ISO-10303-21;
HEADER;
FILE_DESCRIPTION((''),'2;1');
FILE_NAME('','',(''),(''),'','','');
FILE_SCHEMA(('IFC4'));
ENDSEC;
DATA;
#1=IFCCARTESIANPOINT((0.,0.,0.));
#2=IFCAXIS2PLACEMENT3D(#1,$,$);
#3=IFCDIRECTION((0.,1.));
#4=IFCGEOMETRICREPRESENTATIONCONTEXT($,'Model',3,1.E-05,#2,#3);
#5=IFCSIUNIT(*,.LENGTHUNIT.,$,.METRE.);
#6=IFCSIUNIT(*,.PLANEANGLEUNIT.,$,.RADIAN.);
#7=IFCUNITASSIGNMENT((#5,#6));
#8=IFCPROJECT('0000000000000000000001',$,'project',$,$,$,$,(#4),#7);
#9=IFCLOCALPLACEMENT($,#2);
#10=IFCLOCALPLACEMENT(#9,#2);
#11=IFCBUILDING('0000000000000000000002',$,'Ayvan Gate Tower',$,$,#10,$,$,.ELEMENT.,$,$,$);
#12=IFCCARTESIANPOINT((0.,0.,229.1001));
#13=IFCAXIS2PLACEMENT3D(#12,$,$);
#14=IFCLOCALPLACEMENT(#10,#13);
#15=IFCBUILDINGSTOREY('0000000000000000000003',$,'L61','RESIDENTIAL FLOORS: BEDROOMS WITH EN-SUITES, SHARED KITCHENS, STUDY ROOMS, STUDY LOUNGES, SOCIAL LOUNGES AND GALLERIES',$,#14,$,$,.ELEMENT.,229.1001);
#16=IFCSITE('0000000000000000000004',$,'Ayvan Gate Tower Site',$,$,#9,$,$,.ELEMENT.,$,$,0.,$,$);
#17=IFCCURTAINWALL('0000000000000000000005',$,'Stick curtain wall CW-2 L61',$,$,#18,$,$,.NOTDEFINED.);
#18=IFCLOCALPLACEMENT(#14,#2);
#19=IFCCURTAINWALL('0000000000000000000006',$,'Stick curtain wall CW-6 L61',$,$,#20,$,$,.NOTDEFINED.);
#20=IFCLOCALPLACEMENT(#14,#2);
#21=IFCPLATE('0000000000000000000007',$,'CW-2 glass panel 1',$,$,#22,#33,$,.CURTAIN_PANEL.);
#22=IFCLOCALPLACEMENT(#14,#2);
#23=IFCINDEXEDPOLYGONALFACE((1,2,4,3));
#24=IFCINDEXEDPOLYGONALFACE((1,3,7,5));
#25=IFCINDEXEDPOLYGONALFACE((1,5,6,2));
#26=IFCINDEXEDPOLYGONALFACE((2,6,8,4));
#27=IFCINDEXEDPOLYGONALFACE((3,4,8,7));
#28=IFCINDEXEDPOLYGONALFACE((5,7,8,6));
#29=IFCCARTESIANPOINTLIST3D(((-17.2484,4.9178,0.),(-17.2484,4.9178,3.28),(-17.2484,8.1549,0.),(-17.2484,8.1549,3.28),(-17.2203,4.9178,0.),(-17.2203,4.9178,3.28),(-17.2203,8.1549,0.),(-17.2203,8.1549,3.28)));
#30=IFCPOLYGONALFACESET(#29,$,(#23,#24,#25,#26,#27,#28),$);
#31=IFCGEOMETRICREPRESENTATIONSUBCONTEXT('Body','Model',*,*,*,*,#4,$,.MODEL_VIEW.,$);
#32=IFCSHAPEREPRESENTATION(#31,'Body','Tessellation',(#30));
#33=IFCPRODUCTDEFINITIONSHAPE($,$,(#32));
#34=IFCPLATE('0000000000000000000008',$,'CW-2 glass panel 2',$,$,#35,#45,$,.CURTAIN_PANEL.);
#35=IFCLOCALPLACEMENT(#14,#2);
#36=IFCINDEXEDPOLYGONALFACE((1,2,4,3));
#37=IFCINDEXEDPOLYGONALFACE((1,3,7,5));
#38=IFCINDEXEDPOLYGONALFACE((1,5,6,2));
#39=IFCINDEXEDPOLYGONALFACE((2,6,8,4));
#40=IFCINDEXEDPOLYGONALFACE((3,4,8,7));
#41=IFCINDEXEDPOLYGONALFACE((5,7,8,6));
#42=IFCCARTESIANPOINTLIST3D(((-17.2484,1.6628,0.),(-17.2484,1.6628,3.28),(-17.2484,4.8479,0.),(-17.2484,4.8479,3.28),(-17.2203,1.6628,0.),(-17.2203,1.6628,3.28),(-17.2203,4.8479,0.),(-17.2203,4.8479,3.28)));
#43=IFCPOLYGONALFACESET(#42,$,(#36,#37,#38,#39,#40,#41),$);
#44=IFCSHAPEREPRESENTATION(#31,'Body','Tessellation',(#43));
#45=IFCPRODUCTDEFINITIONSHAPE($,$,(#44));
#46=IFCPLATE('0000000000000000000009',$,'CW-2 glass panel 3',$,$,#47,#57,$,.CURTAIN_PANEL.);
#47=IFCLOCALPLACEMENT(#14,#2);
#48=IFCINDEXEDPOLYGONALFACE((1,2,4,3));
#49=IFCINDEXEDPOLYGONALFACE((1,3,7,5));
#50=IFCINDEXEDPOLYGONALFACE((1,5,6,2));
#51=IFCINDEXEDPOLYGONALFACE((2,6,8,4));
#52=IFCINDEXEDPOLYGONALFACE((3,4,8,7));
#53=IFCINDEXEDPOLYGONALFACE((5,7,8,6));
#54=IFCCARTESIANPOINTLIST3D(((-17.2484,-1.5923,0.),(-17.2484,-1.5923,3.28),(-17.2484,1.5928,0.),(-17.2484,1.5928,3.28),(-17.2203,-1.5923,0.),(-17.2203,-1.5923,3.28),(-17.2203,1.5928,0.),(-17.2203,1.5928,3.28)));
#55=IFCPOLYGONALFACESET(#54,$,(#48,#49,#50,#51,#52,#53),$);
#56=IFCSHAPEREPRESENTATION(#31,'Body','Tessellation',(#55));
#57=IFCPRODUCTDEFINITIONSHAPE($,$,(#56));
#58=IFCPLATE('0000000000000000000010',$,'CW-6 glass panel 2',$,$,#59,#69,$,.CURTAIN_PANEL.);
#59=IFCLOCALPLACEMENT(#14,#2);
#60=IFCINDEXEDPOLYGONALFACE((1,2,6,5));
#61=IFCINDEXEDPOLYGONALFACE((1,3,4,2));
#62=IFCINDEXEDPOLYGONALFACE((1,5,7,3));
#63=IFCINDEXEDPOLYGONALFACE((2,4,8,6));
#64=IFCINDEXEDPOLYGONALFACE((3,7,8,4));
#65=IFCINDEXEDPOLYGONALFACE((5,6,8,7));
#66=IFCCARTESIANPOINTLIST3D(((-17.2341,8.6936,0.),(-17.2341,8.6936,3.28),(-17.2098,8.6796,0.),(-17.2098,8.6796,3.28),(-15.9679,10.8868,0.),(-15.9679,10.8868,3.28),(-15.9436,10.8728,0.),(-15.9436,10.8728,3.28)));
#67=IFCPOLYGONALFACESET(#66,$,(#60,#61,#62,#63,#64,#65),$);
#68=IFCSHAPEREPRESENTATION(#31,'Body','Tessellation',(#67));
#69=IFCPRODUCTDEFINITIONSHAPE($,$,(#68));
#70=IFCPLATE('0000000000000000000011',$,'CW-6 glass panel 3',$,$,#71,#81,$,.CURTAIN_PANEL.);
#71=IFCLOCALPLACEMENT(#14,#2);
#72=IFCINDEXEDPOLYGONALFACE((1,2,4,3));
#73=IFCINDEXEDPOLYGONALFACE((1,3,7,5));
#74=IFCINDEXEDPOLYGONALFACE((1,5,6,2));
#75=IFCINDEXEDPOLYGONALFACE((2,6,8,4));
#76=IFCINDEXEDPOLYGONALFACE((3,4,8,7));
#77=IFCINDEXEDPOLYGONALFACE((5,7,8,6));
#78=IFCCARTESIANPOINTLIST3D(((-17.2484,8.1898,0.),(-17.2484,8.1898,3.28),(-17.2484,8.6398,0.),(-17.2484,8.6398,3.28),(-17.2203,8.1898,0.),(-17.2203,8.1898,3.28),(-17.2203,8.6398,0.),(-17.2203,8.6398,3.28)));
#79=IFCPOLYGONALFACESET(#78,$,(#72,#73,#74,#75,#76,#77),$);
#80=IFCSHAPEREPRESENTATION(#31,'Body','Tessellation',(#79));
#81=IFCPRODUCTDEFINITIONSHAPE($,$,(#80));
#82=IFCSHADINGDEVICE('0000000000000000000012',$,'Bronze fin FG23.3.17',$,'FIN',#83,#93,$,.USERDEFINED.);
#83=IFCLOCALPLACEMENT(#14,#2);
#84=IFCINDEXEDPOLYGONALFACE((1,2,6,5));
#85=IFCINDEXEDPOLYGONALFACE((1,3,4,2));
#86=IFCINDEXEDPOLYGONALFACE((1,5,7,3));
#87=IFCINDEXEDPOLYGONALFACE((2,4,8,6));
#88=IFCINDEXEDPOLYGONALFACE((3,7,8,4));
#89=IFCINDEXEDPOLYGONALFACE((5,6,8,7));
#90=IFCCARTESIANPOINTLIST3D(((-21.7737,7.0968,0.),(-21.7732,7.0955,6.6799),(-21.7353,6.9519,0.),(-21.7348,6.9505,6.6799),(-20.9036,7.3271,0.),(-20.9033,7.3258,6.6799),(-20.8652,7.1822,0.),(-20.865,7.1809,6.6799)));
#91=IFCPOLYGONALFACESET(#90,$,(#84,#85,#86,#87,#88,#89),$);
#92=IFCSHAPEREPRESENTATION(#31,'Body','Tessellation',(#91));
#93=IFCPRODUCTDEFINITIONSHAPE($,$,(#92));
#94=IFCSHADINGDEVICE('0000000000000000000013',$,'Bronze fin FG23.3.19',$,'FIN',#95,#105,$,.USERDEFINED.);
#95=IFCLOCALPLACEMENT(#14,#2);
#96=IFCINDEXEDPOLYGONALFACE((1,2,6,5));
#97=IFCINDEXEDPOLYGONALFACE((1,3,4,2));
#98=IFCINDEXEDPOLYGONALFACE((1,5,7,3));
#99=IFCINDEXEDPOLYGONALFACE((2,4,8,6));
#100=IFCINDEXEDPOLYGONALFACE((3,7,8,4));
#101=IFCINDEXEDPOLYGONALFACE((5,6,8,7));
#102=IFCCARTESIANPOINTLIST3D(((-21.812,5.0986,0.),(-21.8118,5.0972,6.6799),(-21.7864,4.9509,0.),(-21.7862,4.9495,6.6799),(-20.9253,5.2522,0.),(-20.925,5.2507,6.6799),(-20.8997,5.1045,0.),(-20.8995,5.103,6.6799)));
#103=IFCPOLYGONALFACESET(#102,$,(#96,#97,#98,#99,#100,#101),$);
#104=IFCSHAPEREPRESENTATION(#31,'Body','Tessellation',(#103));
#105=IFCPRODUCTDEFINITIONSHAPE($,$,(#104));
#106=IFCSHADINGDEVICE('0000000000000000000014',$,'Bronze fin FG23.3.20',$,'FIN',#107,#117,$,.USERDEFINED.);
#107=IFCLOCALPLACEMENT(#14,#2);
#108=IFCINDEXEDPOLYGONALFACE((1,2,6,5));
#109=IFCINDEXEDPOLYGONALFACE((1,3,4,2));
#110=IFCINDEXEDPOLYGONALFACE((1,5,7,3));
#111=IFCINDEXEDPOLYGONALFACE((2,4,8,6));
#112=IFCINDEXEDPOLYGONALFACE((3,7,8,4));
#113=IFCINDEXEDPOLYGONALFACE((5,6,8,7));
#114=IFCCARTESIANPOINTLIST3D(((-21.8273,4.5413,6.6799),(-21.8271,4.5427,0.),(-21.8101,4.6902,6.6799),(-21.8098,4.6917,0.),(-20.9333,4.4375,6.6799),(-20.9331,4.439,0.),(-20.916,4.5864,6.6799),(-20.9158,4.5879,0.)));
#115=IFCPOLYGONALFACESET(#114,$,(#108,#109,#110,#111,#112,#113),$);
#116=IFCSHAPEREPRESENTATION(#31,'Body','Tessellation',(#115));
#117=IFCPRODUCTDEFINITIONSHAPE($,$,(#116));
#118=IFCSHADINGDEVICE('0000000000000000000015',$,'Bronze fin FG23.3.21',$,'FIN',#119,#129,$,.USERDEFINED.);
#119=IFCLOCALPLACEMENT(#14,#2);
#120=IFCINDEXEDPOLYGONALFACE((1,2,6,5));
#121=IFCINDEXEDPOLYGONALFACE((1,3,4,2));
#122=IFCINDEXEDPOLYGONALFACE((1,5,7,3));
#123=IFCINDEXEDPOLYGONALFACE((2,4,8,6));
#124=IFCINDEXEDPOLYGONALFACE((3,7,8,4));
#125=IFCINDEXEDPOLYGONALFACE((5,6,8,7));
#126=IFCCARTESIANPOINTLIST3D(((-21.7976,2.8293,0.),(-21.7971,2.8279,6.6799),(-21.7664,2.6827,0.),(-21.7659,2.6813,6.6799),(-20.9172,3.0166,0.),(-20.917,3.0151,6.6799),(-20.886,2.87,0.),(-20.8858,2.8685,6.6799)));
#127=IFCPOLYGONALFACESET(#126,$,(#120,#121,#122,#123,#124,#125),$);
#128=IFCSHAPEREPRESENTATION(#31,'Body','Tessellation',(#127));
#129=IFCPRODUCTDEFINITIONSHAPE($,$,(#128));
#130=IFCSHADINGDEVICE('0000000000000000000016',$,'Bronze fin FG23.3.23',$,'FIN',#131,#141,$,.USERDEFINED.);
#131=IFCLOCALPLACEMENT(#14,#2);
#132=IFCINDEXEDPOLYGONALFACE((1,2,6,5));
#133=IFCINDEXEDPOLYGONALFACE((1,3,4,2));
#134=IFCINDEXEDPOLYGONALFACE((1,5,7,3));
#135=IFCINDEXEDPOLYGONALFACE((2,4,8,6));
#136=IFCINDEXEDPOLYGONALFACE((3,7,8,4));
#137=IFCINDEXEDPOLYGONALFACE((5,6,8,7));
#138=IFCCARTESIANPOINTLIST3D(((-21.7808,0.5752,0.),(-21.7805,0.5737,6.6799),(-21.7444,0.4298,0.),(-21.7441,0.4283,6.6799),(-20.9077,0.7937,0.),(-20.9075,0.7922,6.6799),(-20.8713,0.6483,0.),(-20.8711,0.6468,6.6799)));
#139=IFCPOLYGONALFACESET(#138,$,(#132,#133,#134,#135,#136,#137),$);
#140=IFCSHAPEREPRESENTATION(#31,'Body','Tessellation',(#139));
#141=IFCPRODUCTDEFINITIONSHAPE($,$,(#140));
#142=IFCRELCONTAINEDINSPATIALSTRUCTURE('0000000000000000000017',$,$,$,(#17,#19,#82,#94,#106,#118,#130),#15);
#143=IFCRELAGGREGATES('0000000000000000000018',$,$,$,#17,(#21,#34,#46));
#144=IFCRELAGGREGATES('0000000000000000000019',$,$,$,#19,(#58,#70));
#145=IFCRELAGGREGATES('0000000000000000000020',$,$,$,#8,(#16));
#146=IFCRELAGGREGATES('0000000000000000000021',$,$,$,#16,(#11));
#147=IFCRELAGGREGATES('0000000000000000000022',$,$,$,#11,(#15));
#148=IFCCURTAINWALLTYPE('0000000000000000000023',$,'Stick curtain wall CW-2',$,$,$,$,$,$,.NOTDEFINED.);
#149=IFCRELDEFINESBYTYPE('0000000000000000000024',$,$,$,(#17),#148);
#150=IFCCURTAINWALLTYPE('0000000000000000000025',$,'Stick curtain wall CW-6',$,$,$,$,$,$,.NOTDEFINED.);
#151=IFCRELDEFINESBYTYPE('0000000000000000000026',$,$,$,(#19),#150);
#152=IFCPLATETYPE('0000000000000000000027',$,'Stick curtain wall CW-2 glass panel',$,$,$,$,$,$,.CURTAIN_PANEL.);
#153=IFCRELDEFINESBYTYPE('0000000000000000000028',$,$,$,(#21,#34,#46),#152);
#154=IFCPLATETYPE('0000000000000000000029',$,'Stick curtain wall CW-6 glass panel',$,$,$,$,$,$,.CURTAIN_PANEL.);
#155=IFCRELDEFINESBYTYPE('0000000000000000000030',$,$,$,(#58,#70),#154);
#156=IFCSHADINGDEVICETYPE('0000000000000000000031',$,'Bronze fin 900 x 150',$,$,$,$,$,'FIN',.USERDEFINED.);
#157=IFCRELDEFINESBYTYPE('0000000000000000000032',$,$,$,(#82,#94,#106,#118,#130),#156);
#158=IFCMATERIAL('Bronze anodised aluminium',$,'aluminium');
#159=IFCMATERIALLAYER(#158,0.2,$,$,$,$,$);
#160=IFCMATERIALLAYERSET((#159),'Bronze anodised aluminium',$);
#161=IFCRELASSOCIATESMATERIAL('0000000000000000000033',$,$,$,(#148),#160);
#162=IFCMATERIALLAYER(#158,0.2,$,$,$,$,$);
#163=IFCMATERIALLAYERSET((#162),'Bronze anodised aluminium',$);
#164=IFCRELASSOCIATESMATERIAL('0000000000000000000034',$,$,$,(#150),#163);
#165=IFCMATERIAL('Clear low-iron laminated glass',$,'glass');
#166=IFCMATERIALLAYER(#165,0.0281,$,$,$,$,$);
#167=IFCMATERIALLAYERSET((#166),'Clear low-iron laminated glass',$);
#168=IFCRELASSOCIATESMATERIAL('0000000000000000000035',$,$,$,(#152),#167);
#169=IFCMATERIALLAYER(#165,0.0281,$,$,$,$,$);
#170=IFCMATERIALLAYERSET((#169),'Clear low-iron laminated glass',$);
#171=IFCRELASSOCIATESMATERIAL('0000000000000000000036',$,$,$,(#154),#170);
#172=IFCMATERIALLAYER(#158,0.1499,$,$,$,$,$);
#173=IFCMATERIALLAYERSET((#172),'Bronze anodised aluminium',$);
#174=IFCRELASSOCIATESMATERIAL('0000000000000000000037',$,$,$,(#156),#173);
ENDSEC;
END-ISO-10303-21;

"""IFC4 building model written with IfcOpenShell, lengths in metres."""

from ifc_helpers import new_model, si_unit, direction, frame, origin, origin_2d, place, context, subcontext, project, spatial, polyline, rectangle, outline, extrude, material, layer, layer_set, type_object, element, aggregate, save


model = new_model("IFC4")

# Units and contexts
model_context = context("Model", 3, precision=1e-05, world=origin(), true_north=direction((0.0, 1.0)))
body_context = subcontext(model_context, "Body", "Model", "MODEL_VIEW")
ifc_project = project(units=[si_unit("LENGTHUNIT", "METRE"), si_unit("PLANEANGLEUNIT", "RADIAN")], contexts=[model_context])

# Site, building, storey
site_placement = place(None, origin())
site = spatial("IfcSite", under=ifc_project, at=site_placement, Name="Ayvan Gate Tower Site", CompositionType="ELEMENT", RefElevation=0.0)
building_placement = place(site_placement, origin())
building = spatial("IfcBuilding", under=site, at=building_placement, Name="Ayvan Gate Tower", CompositionType="ELEMENT")
storey_placement = place(building_placement, frame((0.0, 0.0, 229.1001)))
storey = spatial("IfcBuildingStorey", under=building, at=storey_placement, Name="L61", Description="RESIDENTIAL FLOORS: BEDROOMS WITH EN-SUITES, SHARED KITCHENS, STUDY ROOMS, STUDY LOUNGES, SOCIAL LOUNGES AND GALLERIES", CompositionType="ELEMENT", Elevation=229.1001)

# Curtain walls
ifc_material_1 = material(Name="Bronze anodised aluminium", Category="aluminium")
ifc_layer_1 = layer(ifc_material_1, 0.2)
ifc_layer_set_1 = layer_set([ifc_layer_1], Name="Bronze anodised aluminium")
curtain_wall_type_1 = type_object("IfcCurtainWallType", Name="Stick curtain wall CW-2", PredefinedType="NOTDEFINED", material=ifc_layer_set_1)
curtain_wall_1_placement = place(storey_placement, origin())
curtain_wall_1 = element("IfcCurtainWall", 1, at=curtain_wall_1_placement, inside=storey, type_object=curtain_wall_type_1, Name="Stick curtain wall CW-2 L61", PredefinedType="NOTDEFINED")
ifc_layer_2 = layer(ifc_material_1, 0.2)
ifc_layer_set_2 = layer_set([ifc_layer_2], Name="Bronze anodised aluminium")
curtain_wall_type_2 = type_object("IfcCurtainWallType", Name="Stick curtain wall CW-6", PredefinedType="NOTDEFINED", material=ifc_layer_set_2)
curtain_wall_2_placement = place(storey_placement, origin())
curtain_wall_2 = element("IfcCurtainWall", 2, at=curtain_wall_2_placement, inside=storey, type_object=curtain_wall_type_2, Name="Stick curtain wall CW-6 L61", PredefinedType="NOTDEFINED")

# Plates
ifc_material_2 = material(Name="Clear low-iron laminated glass", Category="glass")
ifc_layer_3 = layer(ifc_material_2, 0.0281)
ifc_layer_set_3 = layer_set([ifc_layer_3], Name="Clear low-iron laminated glass")
plate_type_1 = type_object("IfcPlateType", Name="Stick curtain wall CW-2 glass panel", PredefinedType="CURTAIN_PANEL", material=ifc_layer_set_3)
plate_1_placement = place(storey_placement, frame((-17.2344, 6.5364, 0.0), z_axis=(0.0, 0.0, 1.0), x_axis=(0.0, -1.0, 0.0)))
plate_1 = element("IfcPlate", 3, at=plate_1_placement, type_object=plate_type_1, Name="CW-2 glass panel 1", PredefinedType="CURTAIN_PANEL", context=body_context, shape_type="SweptSolid", body=[
    extrude(rectangle(XDim=3.2371, YDim=0.0281, at=origin_2d()), origin(), (0.0, 0.0, 1.0), 3.28),
])
plate_2_placement = place(storey_placement, frame((-17.2344, 3.2554, 0.0), z_axis=(0.0, 0.0, 1.0), x_axis=(0.0, -1.0, 0.0)))
plate_2 = element("IfcPlate", 4, at=plate_2_placement, type_object=plate_type_1, Name="CW-2 glass panel 2", PredefinedType="CURTAIN_PANEL", context=body_context, shape_type="SweptSolid", body=[
    extrude(rectangle(XDim=3.1851, YDim=0.0281, at=origin_2d()), origin(), (0.0, 0.0, 1.0), 3.28),
])
plate_3_placement = place(storey_placement, frame((-17.2344, 0.0002, 0.0), z_axis=(0.0, 0.0, 1.0), x_axis=(0.0, -1.0, 0.0)))
plate_3 = element("IfcPlate", 5, at=plate_3_placement, type_object=plate_type_1, Name="CW-2 glass panel 3", PredefinedType="CURTAIN_PANEL", context=body_context, shape_type="SweptSolid", body=[
    extrude(rectangle(XDim=3.1851, YDim=0.0281, at=origin_2d()), origin(), (0.0, 0.0, 1.0), 3.28),
])
aggregate(curtain_wall_1, [plate_1, plate_2, plate_3])
ifc_layer_4 = layer(ifc_material_2, 0.0281)
ifc_layer_set_4 = layer_set([ifc_layer_4], Name="Clear low-iron laminated glass")
plate_type_2 = type_object("IfcPlateType", Name="Stick curtain wall CW-6 glass panel", PredefinedType="CURTAIN_PANEL", material=ifc_layer_set_4)
plate_4_placement = place(storey_placement, frame((-16.5889, 9.7832, 0.0), z_axis=(0.0, 0.0, 1.0), x_axis=(-0.5, -0.866025, 0.0)))
plate_4 = element("IfcPlate", 6, at=plate_4_placement, type_object=plate_type_2, Name="CW-6 glass panel 2", PredefinedType="CURTAIN_PANEL", context=body_context, shape_type="SweptSolid", body=[
    extrude(rectangle(XDim=2.5325, YDim=0.0281, at=origin_2d()), origin(), (0.0, 0.0, 1.0), 3.28),
])
plate_5_placement = place(storey_placement, frame((-17.2344, 8.4148, 0.0), z_axis=(0.0, 0.0, 1.0), x_axis=(0.0, -1.0, 0.0)))
plate_5 = element("IfcPlate", 7, at=plate_5_placement, type_object=plate_type_2, Name="CW-6 glass panel 3", PredefinedType="CURTAIN_PANEL", context=body_context, shape_type="SweptSolid", body=[
    extrude(rectangle(XDim=0.45, YDim=0.0281, at=origin_2d()), origin(), (0.0, 0.0, 1.0), 3.28),
])
aggregate(curtain_wall_2, [plate_4, plate_5])

# Shading devices
ifc_layer_5 = layer(ifc_material_1, 0.1499)
ifc_layer_set_5 = layer_set([ifc_layer_5], Name="Bronze anodised aluminium")
shading_device_type = type_object("IfcShadingDeviceType", Name="Bronze fin 900 x 150", ElementType="FIN", PredefinedType="USERDEFINED", material=ifc_layer_set_5)
shading_device_1_placement = place(storey_placement, frame((-20.9036, 7.3271, 0.0), z_axis=(-0.255948, 0.96669, 0.000208), x_axis=(-0.96669, -0.255948, 0.0)))
element("IfcShadingDevice", 8, at=shading_device_1_placement, inside=storey, type_object=shading_device_type, Name="Bronze fin FG23.3.17", ObjectType="FIN", PredefinedType="USERDEFINED", context=body_context, shape_type="SweptSolid", body=[
    extrude(outline(polyline([(0.0, 0.0), (0.9001, 0.0), (0.9, 6.6799), (0.0001, 6.6799), (0.0, 0.0)])), origin(), (0.0, 0.0, -1.0), 0.1499),
])
shading_device_2_placement = place(storey_placement, frame((-20.9253, 5.2522, 0.0), z_axis=(-0.170643, 0.985333, 0.000222), x_axis=(-0.985333, -0.170643, 0.0)))
element("IfcShadingDevice", 9, at=shading_device_2_placement, inside=storey, type_object=shading_device_type, Name="Bronze fin FG23.3.19", ObjectType="FIN", PredefinedType="USERDEFINED", context=body_context, shape_type="SweptSolid", body=[
    extrude(outline(polyline([(0.0, 0.0), (0.8999, 0.0), (0.8999, 6.6799), (0.0, 6.6799), (0.0, 0.0)])), origin(), (0.0, 0.0, -1.0), 0.1499),
])
shading_device_3_placement = place(storey_placement, frame((-20.9158, 4.5879, 0.0), z_axis=(0.115283, 0.993333, 0.000222), x_axis=(-0.993333, 0.115283, 0.0)))
element("IfcShadingDevice", 10, at=shading_device_3_placement, inside=storey, type_object=shading_device_type, Name="Bronze fin FG23.3.20", ObjectType="FIN", PredefinedType="USERDEFINED", context=body_context, shape_type="SweptSolid", body=[
    extrude(outline(polyline([(0.0, 0.0), (0.9, 0.0), (0.9001, 6.6799), (0.0001, 6.6799), (0.0, 0.0)])), origin(), (0.0, 0.0, -1.0), 0.1499),
])
shading_device_4_placement = place(storey_placement, frame((-20.9172, 3.0166, 0.0), z_axis=(-0.208075, 0.978113, 0.000226), x_axis=(-0.978113, -0.208075, 0.0)))
element("IfcShadingDevice", 11, at=shading_device_4_placement, inside=storey, type_object=shading_device_type, Name="Bronze fin FG23.3.21", ObjectType="FIN", PredefinedType="USERDEFINED", context=body_context, shape_type="SweptSolid", body=[
    extrude(outline(polyline([(0.0, 0.0), (0.9001, 0.0), (0.8999, 6.6799), (0.0001, 6.6799), (0.0, 0.0)])), origin(), (0.0, 0.0, -1.0), 0.1499),
])
shading_device_5_placement = place(storey_placement, frame((-20.9077, 0.7937, 0.0), z_axis=(-0.242791, 0.970079, 0.000222), x_axis=(-0.970079, -0.242791, 0.0)))
element("IfcShadingDevice", 12, at=shading_device_5_placement, inside=storey, type_object=shading_device_type, Name="Bronze fin FG23.3.23", ObjectType="FIN", PredefinedType="USERDEFINED", context=body_context, shape_type="SweptSolid", body=[
    extrude(outline(polyline([(0.0, 0.0), (0.9, 0.0), (0.9001, 6.6799), (0.0001, 6.6799), (0.0, 0.0)])), origin(), (0.0, 0.0, -1.0), 0.1499),
])

save(model, "model.ifc")
